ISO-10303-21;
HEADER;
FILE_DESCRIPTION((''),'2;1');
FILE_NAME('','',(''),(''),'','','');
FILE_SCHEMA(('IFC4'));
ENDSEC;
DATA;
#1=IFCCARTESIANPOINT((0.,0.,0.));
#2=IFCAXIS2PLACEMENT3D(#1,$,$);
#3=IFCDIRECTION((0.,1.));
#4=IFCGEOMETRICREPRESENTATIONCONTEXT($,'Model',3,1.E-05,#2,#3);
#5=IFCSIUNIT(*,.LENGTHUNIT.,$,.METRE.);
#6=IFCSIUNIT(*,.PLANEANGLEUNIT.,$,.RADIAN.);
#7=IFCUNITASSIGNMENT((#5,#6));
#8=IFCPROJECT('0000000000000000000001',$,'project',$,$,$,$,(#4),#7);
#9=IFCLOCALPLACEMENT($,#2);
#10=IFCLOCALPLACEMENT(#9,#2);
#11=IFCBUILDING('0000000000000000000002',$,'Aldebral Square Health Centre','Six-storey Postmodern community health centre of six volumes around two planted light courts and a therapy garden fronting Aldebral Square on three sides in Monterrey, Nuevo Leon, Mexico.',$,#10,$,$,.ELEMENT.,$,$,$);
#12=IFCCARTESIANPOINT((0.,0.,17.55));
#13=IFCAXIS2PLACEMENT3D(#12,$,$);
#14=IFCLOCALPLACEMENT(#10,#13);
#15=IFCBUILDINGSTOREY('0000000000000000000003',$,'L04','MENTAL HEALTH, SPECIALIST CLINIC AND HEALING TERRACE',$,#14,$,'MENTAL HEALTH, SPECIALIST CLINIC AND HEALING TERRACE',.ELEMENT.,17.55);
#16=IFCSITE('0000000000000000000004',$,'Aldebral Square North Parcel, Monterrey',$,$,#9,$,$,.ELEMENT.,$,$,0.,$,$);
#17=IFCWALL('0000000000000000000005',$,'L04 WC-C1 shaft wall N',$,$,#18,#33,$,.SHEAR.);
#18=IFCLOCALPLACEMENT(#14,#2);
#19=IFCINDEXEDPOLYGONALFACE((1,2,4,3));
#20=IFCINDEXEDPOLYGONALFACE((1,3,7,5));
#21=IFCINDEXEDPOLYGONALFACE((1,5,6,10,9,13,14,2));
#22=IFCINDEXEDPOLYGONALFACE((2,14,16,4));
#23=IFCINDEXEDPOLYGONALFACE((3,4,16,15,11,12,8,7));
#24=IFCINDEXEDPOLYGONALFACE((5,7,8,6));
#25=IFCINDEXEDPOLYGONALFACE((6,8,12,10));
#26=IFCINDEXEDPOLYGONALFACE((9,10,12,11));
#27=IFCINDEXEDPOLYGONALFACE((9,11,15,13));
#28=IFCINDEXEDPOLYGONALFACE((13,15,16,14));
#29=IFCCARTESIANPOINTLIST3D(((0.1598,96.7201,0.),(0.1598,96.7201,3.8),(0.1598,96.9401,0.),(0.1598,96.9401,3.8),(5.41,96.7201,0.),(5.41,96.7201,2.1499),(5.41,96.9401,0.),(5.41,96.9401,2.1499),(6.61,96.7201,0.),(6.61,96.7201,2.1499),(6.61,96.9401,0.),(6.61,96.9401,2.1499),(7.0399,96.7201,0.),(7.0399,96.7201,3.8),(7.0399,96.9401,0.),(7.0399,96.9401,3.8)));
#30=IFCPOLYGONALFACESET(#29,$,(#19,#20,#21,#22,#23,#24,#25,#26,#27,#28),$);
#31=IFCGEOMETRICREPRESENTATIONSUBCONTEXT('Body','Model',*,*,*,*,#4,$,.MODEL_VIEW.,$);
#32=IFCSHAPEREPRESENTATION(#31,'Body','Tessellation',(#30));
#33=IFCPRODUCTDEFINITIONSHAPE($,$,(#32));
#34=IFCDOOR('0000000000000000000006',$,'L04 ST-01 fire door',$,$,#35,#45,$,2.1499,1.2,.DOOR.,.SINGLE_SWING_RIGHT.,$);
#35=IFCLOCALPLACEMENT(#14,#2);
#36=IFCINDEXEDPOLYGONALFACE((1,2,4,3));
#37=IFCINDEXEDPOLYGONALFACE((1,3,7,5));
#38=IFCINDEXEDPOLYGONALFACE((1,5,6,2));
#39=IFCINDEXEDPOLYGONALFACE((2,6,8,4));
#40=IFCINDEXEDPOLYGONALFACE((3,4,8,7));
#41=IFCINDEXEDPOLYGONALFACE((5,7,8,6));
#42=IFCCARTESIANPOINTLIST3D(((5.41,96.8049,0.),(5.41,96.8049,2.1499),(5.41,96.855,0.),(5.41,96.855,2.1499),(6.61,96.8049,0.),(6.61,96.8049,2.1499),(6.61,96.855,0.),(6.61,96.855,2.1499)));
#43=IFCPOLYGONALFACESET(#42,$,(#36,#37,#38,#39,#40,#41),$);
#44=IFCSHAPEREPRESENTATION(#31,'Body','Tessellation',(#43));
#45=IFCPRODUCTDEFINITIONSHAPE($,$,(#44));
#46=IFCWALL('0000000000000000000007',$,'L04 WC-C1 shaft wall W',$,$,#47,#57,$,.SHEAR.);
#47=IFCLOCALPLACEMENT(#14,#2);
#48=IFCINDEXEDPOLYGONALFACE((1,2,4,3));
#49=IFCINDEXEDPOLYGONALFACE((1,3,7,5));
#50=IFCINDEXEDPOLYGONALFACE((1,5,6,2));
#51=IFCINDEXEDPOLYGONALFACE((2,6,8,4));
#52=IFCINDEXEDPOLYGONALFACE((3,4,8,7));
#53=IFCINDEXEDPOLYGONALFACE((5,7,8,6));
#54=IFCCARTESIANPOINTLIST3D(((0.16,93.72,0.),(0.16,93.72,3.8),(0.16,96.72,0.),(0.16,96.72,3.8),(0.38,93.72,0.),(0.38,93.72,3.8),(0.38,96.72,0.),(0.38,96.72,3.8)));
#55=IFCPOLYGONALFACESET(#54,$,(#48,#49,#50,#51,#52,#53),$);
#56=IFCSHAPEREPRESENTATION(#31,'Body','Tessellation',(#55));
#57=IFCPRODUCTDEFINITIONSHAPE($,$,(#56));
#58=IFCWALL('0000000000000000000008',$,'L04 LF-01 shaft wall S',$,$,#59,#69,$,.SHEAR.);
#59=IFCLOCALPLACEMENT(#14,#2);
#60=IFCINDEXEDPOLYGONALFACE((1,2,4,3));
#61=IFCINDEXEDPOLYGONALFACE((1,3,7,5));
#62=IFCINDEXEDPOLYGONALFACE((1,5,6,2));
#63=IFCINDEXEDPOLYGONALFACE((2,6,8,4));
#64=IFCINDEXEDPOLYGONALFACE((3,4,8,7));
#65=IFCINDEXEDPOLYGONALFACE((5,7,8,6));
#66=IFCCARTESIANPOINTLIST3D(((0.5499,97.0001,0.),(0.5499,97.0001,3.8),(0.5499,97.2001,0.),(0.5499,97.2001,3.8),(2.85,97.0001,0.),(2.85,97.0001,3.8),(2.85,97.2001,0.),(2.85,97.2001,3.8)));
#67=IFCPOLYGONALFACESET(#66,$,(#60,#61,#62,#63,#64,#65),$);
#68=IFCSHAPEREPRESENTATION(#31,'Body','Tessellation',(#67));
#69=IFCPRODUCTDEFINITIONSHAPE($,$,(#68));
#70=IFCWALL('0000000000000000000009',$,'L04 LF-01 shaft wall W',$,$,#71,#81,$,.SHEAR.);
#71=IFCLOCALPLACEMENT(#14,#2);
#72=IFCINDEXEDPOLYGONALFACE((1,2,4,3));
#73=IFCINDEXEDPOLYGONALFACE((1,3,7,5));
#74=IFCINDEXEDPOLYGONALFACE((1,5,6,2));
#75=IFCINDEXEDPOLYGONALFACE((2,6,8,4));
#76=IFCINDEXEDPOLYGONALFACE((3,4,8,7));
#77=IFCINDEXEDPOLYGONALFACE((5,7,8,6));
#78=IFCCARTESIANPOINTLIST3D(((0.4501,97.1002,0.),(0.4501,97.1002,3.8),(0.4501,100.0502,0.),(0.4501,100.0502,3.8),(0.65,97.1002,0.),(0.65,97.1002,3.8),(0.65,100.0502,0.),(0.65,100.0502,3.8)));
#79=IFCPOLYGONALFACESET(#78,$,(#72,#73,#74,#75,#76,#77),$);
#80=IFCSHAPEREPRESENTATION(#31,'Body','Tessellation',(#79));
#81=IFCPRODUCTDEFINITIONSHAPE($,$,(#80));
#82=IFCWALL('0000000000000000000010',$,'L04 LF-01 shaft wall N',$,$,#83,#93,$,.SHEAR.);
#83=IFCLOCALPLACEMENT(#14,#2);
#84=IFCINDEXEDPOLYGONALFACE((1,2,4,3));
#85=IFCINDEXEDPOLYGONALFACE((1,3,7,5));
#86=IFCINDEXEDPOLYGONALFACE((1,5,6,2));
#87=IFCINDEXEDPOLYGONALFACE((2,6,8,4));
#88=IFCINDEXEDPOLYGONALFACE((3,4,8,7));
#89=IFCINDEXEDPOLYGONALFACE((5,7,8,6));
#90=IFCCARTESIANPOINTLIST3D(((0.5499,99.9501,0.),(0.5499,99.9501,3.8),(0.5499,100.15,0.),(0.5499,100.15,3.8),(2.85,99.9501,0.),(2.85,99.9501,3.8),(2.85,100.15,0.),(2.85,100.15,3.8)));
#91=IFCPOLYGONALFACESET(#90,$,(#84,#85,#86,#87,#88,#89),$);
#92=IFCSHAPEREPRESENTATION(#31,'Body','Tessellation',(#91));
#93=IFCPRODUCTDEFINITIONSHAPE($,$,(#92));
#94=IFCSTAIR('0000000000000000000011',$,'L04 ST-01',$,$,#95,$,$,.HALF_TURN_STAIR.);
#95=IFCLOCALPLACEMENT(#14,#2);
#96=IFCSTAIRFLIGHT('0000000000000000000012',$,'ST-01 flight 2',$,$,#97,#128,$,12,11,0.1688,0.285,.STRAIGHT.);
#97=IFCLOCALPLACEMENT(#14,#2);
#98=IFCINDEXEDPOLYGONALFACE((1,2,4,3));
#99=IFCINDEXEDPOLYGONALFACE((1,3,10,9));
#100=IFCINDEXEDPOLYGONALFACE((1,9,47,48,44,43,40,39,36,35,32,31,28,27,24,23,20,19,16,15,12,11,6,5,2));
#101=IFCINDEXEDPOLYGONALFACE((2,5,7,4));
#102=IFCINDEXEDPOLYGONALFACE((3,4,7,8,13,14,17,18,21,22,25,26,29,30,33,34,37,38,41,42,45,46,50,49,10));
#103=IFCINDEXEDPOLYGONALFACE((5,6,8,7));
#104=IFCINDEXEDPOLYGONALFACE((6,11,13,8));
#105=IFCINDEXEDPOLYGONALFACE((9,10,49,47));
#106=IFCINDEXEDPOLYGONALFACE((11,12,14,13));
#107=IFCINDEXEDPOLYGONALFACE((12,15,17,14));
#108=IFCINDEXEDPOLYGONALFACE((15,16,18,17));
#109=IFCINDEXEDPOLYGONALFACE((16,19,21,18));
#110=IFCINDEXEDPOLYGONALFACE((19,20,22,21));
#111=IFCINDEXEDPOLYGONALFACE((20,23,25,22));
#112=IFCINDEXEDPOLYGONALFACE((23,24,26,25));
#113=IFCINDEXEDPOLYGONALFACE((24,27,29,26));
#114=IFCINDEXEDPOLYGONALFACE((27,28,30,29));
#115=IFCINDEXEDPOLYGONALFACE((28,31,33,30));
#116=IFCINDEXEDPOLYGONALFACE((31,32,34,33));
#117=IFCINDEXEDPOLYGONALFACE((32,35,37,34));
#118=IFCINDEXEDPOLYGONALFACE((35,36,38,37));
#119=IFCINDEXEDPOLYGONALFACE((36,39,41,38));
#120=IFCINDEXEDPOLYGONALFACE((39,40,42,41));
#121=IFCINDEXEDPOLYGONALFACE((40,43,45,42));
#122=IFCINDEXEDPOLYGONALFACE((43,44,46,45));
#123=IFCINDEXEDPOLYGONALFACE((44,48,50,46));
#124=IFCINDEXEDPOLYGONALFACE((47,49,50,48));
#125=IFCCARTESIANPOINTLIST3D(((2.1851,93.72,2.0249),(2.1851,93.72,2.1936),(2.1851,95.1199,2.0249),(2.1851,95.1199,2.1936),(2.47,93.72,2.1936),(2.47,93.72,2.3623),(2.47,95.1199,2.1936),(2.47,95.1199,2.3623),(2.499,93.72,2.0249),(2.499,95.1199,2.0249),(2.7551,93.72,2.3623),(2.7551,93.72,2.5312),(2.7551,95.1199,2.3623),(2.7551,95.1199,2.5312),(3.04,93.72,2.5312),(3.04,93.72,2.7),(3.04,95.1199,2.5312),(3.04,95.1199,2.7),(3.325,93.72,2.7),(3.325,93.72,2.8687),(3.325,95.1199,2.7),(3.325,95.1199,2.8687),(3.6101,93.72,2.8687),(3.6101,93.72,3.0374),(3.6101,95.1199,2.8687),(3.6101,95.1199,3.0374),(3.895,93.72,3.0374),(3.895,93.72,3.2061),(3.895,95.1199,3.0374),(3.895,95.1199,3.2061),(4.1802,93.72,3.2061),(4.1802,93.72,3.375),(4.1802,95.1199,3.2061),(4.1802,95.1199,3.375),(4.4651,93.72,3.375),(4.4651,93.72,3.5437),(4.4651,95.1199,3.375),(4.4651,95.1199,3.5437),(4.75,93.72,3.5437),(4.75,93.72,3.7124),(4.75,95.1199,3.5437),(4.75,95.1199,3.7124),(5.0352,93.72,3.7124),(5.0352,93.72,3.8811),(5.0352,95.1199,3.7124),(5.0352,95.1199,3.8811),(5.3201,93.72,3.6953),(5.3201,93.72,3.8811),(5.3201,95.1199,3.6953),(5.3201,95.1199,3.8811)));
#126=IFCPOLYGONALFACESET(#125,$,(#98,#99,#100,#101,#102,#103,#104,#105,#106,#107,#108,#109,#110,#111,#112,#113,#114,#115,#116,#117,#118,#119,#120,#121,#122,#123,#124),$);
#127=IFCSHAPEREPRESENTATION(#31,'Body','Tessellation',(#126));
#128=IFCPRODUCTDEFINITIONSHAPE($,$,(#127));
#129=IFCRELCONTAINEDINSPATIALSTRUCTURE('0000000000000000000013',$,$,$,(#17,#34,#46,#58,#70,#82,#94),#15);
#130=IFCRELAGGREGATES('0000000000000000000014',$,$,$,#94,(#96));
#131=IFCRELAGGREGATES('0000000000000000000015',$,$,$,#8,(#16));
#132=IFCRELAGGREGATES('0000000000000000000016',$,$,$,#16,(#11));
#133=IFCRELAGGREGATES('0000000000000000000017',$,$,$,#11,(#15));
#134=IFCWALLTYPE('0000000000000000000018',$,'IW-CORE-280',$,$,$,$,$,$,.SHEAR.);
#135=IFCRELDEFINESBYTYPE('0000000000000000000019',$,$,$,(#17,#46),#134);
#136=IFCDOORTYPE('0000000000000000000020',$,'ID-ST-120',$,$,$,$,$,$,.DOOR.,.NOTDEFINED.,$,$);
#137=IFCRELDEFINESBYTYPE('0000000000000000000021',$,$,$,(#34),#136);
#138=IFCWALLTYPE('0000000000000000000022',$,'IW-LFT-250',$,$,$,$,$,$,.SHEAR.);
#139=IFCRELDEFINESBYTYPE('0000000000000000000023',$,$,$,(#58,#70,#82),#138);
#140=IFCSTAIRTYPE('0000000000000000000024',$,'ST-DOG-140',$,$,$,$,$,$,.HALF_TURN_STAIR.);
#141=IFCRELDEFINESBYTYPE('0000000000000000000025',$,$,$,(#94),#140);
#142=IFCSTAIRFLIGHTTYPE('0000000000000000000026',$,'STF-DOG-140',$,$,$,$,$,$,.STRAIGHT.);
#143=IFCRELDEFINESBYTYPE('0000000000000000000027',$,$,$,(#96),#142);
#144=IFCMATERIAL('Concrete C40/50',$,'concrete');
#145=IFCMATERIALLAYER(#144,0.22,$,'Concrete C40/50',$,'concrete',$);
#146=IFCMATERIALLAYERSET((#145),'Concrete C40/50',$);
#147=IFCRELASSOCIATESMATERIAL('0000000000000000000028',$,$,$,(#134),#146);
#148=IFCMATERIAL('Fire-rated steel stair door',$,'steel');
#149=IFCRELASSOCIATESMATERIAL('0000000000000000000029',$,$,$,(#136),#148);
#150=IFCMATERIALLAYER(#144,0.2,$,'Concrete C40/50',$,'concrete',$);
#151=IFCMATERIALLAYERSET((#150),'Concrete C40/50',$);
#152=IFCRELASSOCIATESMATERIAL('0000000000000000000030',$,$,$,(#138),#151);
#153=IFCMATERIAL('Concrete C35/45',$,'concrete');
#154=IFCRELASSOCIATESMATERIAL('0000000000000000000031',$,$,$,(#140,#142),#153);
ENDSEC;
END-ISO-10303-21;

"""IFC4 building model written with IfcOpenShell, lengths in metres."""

from ifc_helpers import new_model, si_unit, direction, frame, frame_2d, origin, place, context, subcontext, project, spatial, polyline, rectangle, outline, extrude, material, layer, layer_set, type_object, element, fill, aggregate, save


model = new_model("IFC4")

# Units and contexts
model_context = context("Model", 3, precision=1e-05, world=origin(), true_north=direction((0.0, 1.0)))
body_context = subcontext(model_context, "Body", "Model", "MODEL_VIEW")
ifc_project = project(units=[si_unit("LENGTHUNIT", "METRE"), si_unit("PLANEANGLEUNIT", "RADIAN")], contexts=[model_context])

# Site, building, storey
site_placement = place(None, origin())
site = spatial("IfcSite", under=ifc_project, at=site_placement, Name="Aldebral Square North Parcel, Monterrey", CompositionType="ELEMENT", RefElevation=0.0)
building_placement = place(site_placement, origin())
building = spatial("IfcBuilding", under=site, at=building_placement, Name="Aldebral Square Health Centre", Description="Six-storey Postmodern community health centre of six volumes around two planted light courts and a therapy garden fronting Aldebral Square on three sides in Monterrey, Nuevo Leon, Mexico.", CompositionType="ELEMENT")
storey_placement = place(building_placement, frame((0.0, 0.0, 17.55)))
storey = spatial("IfcBuildingStorey", under=building, at=storey_placement, Name="L04", Description="MENTAL HEALTH, SPECIALIST CLINIC AND HEALING TERRACE", LongName="MENTAL HEALTH, SPECIALIST CLINIC AND HEALING TERRACE", CompositionType="ELEMENT", Elevation=17.55)

# Shared definitions
ifc_material_1 = material(Name="Concrete C40/50", Category="concrete")

# Wall, opening, door
ifc_layer_1 = layer(ifc_material_1, 0.22, Name="Concrete C40/50", Category="concrete")
ifc_layer_set_1 = layer_set([ifc_layer_1], Name="Concrete C40/50")
wall_type_1 = type_object("IfcWallType", Name="IW-CORE-280", PredefinedType="SHEAR", material=ifc_layer_set_1)
wall_1_placement = place(storey_placement, frame((0.1599, 96.8301, 0.0), z_axis=(0.0, 0.0, 1.0), x_axis=(1.0, 0.0, 0.0)))
wall_1 = element("IfcWall", 1, at=wall_1_placement, inside=storey, type_object=wall_type_1, Name="L04 WC-C1 shaft wall N", PredefinedType="SHEAR", context=body_context, shape_type="SweptSolid", body=[
    extrude(rectangle(XDim=6.8801, YDim=0.22, at=frame_2d((3.4399, 0.0))), origin(), (0.0, 0.0, 1.0), 3.8),
])
opening_1_placement = place(wall_1_placement, frame((5.25, 0.0, 0.0)))
opening_1 = element("IfcOpeningElement", 2, at=opening_1_placement, cuts=wall_1, PredefinedType="OPENING", context=body_context, shape_type="SweptSolid", body=[
    extrude(rectangle(XDim=1.2, YDim=2.1499, at=frame_2d((0.6001, 1.075))), frame((0.0, 0.1201, 0.0), z_axis=(0.0, -1.0, 0.0), x_axis=(1.0, 0.0, 0.0)), (0.0, 0.0, 1.0), 0.24),
])
ifc_material_2 = material(Name="Fire-rated steel stair door", Category="steel")
door_type_1 = type_object("IfcDoorType", Name="ID-ST-120", OperationType="NOTDEFINED", PredefinedType="DOOR", material=ifc_material_2)
door_1_placement = place(opening_1_placement, origin())
door_1 = element("IfcDoor", 3, at=door_1_placement, inside=storey, type_object=door_type_1, Name="L04 ST-01 fire door", OperationType="SINGLE_SWING_RIGHT", OverallHeight=2.1499, OverallWidth=1.2, PredefinedType="DOOR", context=body_context, shape_type="SweptSolid", body=[
    extrude(rectangle(XDim=1.2, YDim=2.1499, at=frame_2d((0.6001, 1.075))), frame((0.0, 0.0249, 0.0), z_axis=(0.0, -1.0, 0.0), x_axis=(1.0, 0.0, 0.0)), (0.0, 0.0, 1.0), 0.05),
])
fill(opening_1, door_1)

# Walls
wall_2_placement = place(storey_placement, frame((0.27, 93.72, 0.0), z_axis=(0.0, 0.0, 1.0), x_axis=(0.0, 1.0, 0.0)))
element("IfcWall", 4, at=wall_2_placement, inside=storey, type_object=wall_type_1, Name="L04 WC-C1 shaft wall W", PredefinedType="SHEAR", context=body_context, shape_type="SweptSolid", body=[
    extrude(rectangle(XDim=3.0, YDim=0.22, at=frame_2d((1.5, 0.0))), origin(), (0.0, 0.0, 1.0), 3.8),
])
ifc_layer_2 = layer(ifc_material_1, 0.2, Name="Concrete C40/50", Category="concrete")
ifc_layer_set_2 = layer_set([ifc_layer_2], Name="Concrete C40/50")
wall_type_2 = type_object("IfcWallType", Name="IW-LFT-250", PredefinedType="SHEAR", material=ifc_layer_set_2)
wall_3_placement = place(storey_placement, frame((0.55, 97.1001, 0.0), z_axis=(0.0, 0.0, 1.0), x_axis=(1.0, 0.0, 0.0)))
element("IfcWall", 5, at=wall_3_placement, inside=storey, type_object=wall_type_2, Name="L04 LF-01 shaft wall S", PredefinedType="SHEAR", context=body_context, shape_type="SweptSolid", body=[
    extrude(rectangle(XDim=2.3, YDim=0.2, at=frame_2d((1.1499, 0.0))), origin(), (0.0, 0.0, 1.0), 3.8),
])
wall_4_placement = place(storey_placement, frame((0.55, 97.1001, 0.0), z_axis=(0.0, 0.0, 1.0), x_axis=(0.0, 1.0, 0.0)))
element("IfcWall", 6, at=wall_4_placement, inside=storey, type_object=wall_type_2, Name="L04 LF-01 shaft wall W", PredefinedType="SHEAR", context=body_context, shape_type="SweptSolid", body=[
    extrude(rectangle(XDim=2.95, YDim=0.2, at=frame_2d((1.4751, 0.0))), origin(), (0.0, 0.0, 1.0), 3.8),
])
wall_5_placement = place(storey_placement, frame((0.55, 100.05, 0.0), z_axis=(0.0, 0.0, 1.0), x_axis=(1.0, 0.0, 0.0)))
element("IfcWall", 7, at=wall_5_placement, inside=storey, type_object=wall_type_2, Name="L04 LF-01 shaft wall N", PredefinedType="SHEAR", context=body_context, shape_type="SweptSolid", body=[
    extrude(rectangle(XDim=2.3, YDim=0.2, at=frame_2d((1.1499, 0.0))), origin(), (0.0, 0.0, 1.0), 3.8),
])

# Stair, stair flight
ifc_material_3 = material(Name="Concrete C35/45", Category="concrete")
stair_type = type_object("IfcStairType", Name="ST-DOG-140", PredefinedType="HALF_TURN_STAIR", material=ifc_material_3)
stair_placement = place(storey_placement, origin())
stair = element("IfcStair", 8, at=stair_placement, inside=storey, type_object=stair_type, Name="L04 ST-01", PredefinedType="HALF_TURN_STAIR")
stair_flight_type = type_object("IfcStairFlightType", Name="STF-DOG-140", PredefinedType="STRAIGHT", material=ifc_material_3)
stair_flight_placement = place(storey_placement, frame((2.1851, 94.4199, 2.0249), z_axis=(0.0, 0.0, 1.0), x_axis=(1.0, 0.0, 0.0)))
stair_flight = element("IfcStairFlight", 9, at=stair_flight_placement, type_object=stair_flight_type, Name="ST-01 flight 2", NumberOfRisers=12, NumberOfTreads=11, PredefinedType="STRAIGHT", RiserHeight=0.1688, TreadLength=0.285, context=body_context, shape_type="SweptSolid", body=[
    extrude(outline(polyline([(0.0, 0.0), (0.0, 0.1687), (0.2849, 0.1687), (0.2849, 0.3374), (0.5701, 0.3374), (0.5701, 0.5063), (0.855, 0.5063), (0.855, 0.675), (1.1399, 0.675), (1.1399, 0.8438), (1.425, 0.8438), (1.425, 1.0125), (1.71, 1.0125), (1.71, 1.1812), (1.9951, 1.1812), (1.9951, 1.3501), (2.28, 1.3501), (2.28, 1.5188), (2.5649, 1.5188), (2.5649, 1.6875), (2.8501, 1.6875), (2.8501, 1.8562), (3.135, 1.8562), (3.135, 2.0249), (3.135, 1.6704), (0.314, 0.0), (0.0, 0.0)])), frame((0.0, 0.7, 0.0), z_axis=(0.0, -1.0, 0.0), x_axis=(1.0, 0.0, 0.0)), (0.0, 0.0, 1.0), 1.3999),
])
aggregate(stair, [stair_flight])

save(model, "model.ifc")
